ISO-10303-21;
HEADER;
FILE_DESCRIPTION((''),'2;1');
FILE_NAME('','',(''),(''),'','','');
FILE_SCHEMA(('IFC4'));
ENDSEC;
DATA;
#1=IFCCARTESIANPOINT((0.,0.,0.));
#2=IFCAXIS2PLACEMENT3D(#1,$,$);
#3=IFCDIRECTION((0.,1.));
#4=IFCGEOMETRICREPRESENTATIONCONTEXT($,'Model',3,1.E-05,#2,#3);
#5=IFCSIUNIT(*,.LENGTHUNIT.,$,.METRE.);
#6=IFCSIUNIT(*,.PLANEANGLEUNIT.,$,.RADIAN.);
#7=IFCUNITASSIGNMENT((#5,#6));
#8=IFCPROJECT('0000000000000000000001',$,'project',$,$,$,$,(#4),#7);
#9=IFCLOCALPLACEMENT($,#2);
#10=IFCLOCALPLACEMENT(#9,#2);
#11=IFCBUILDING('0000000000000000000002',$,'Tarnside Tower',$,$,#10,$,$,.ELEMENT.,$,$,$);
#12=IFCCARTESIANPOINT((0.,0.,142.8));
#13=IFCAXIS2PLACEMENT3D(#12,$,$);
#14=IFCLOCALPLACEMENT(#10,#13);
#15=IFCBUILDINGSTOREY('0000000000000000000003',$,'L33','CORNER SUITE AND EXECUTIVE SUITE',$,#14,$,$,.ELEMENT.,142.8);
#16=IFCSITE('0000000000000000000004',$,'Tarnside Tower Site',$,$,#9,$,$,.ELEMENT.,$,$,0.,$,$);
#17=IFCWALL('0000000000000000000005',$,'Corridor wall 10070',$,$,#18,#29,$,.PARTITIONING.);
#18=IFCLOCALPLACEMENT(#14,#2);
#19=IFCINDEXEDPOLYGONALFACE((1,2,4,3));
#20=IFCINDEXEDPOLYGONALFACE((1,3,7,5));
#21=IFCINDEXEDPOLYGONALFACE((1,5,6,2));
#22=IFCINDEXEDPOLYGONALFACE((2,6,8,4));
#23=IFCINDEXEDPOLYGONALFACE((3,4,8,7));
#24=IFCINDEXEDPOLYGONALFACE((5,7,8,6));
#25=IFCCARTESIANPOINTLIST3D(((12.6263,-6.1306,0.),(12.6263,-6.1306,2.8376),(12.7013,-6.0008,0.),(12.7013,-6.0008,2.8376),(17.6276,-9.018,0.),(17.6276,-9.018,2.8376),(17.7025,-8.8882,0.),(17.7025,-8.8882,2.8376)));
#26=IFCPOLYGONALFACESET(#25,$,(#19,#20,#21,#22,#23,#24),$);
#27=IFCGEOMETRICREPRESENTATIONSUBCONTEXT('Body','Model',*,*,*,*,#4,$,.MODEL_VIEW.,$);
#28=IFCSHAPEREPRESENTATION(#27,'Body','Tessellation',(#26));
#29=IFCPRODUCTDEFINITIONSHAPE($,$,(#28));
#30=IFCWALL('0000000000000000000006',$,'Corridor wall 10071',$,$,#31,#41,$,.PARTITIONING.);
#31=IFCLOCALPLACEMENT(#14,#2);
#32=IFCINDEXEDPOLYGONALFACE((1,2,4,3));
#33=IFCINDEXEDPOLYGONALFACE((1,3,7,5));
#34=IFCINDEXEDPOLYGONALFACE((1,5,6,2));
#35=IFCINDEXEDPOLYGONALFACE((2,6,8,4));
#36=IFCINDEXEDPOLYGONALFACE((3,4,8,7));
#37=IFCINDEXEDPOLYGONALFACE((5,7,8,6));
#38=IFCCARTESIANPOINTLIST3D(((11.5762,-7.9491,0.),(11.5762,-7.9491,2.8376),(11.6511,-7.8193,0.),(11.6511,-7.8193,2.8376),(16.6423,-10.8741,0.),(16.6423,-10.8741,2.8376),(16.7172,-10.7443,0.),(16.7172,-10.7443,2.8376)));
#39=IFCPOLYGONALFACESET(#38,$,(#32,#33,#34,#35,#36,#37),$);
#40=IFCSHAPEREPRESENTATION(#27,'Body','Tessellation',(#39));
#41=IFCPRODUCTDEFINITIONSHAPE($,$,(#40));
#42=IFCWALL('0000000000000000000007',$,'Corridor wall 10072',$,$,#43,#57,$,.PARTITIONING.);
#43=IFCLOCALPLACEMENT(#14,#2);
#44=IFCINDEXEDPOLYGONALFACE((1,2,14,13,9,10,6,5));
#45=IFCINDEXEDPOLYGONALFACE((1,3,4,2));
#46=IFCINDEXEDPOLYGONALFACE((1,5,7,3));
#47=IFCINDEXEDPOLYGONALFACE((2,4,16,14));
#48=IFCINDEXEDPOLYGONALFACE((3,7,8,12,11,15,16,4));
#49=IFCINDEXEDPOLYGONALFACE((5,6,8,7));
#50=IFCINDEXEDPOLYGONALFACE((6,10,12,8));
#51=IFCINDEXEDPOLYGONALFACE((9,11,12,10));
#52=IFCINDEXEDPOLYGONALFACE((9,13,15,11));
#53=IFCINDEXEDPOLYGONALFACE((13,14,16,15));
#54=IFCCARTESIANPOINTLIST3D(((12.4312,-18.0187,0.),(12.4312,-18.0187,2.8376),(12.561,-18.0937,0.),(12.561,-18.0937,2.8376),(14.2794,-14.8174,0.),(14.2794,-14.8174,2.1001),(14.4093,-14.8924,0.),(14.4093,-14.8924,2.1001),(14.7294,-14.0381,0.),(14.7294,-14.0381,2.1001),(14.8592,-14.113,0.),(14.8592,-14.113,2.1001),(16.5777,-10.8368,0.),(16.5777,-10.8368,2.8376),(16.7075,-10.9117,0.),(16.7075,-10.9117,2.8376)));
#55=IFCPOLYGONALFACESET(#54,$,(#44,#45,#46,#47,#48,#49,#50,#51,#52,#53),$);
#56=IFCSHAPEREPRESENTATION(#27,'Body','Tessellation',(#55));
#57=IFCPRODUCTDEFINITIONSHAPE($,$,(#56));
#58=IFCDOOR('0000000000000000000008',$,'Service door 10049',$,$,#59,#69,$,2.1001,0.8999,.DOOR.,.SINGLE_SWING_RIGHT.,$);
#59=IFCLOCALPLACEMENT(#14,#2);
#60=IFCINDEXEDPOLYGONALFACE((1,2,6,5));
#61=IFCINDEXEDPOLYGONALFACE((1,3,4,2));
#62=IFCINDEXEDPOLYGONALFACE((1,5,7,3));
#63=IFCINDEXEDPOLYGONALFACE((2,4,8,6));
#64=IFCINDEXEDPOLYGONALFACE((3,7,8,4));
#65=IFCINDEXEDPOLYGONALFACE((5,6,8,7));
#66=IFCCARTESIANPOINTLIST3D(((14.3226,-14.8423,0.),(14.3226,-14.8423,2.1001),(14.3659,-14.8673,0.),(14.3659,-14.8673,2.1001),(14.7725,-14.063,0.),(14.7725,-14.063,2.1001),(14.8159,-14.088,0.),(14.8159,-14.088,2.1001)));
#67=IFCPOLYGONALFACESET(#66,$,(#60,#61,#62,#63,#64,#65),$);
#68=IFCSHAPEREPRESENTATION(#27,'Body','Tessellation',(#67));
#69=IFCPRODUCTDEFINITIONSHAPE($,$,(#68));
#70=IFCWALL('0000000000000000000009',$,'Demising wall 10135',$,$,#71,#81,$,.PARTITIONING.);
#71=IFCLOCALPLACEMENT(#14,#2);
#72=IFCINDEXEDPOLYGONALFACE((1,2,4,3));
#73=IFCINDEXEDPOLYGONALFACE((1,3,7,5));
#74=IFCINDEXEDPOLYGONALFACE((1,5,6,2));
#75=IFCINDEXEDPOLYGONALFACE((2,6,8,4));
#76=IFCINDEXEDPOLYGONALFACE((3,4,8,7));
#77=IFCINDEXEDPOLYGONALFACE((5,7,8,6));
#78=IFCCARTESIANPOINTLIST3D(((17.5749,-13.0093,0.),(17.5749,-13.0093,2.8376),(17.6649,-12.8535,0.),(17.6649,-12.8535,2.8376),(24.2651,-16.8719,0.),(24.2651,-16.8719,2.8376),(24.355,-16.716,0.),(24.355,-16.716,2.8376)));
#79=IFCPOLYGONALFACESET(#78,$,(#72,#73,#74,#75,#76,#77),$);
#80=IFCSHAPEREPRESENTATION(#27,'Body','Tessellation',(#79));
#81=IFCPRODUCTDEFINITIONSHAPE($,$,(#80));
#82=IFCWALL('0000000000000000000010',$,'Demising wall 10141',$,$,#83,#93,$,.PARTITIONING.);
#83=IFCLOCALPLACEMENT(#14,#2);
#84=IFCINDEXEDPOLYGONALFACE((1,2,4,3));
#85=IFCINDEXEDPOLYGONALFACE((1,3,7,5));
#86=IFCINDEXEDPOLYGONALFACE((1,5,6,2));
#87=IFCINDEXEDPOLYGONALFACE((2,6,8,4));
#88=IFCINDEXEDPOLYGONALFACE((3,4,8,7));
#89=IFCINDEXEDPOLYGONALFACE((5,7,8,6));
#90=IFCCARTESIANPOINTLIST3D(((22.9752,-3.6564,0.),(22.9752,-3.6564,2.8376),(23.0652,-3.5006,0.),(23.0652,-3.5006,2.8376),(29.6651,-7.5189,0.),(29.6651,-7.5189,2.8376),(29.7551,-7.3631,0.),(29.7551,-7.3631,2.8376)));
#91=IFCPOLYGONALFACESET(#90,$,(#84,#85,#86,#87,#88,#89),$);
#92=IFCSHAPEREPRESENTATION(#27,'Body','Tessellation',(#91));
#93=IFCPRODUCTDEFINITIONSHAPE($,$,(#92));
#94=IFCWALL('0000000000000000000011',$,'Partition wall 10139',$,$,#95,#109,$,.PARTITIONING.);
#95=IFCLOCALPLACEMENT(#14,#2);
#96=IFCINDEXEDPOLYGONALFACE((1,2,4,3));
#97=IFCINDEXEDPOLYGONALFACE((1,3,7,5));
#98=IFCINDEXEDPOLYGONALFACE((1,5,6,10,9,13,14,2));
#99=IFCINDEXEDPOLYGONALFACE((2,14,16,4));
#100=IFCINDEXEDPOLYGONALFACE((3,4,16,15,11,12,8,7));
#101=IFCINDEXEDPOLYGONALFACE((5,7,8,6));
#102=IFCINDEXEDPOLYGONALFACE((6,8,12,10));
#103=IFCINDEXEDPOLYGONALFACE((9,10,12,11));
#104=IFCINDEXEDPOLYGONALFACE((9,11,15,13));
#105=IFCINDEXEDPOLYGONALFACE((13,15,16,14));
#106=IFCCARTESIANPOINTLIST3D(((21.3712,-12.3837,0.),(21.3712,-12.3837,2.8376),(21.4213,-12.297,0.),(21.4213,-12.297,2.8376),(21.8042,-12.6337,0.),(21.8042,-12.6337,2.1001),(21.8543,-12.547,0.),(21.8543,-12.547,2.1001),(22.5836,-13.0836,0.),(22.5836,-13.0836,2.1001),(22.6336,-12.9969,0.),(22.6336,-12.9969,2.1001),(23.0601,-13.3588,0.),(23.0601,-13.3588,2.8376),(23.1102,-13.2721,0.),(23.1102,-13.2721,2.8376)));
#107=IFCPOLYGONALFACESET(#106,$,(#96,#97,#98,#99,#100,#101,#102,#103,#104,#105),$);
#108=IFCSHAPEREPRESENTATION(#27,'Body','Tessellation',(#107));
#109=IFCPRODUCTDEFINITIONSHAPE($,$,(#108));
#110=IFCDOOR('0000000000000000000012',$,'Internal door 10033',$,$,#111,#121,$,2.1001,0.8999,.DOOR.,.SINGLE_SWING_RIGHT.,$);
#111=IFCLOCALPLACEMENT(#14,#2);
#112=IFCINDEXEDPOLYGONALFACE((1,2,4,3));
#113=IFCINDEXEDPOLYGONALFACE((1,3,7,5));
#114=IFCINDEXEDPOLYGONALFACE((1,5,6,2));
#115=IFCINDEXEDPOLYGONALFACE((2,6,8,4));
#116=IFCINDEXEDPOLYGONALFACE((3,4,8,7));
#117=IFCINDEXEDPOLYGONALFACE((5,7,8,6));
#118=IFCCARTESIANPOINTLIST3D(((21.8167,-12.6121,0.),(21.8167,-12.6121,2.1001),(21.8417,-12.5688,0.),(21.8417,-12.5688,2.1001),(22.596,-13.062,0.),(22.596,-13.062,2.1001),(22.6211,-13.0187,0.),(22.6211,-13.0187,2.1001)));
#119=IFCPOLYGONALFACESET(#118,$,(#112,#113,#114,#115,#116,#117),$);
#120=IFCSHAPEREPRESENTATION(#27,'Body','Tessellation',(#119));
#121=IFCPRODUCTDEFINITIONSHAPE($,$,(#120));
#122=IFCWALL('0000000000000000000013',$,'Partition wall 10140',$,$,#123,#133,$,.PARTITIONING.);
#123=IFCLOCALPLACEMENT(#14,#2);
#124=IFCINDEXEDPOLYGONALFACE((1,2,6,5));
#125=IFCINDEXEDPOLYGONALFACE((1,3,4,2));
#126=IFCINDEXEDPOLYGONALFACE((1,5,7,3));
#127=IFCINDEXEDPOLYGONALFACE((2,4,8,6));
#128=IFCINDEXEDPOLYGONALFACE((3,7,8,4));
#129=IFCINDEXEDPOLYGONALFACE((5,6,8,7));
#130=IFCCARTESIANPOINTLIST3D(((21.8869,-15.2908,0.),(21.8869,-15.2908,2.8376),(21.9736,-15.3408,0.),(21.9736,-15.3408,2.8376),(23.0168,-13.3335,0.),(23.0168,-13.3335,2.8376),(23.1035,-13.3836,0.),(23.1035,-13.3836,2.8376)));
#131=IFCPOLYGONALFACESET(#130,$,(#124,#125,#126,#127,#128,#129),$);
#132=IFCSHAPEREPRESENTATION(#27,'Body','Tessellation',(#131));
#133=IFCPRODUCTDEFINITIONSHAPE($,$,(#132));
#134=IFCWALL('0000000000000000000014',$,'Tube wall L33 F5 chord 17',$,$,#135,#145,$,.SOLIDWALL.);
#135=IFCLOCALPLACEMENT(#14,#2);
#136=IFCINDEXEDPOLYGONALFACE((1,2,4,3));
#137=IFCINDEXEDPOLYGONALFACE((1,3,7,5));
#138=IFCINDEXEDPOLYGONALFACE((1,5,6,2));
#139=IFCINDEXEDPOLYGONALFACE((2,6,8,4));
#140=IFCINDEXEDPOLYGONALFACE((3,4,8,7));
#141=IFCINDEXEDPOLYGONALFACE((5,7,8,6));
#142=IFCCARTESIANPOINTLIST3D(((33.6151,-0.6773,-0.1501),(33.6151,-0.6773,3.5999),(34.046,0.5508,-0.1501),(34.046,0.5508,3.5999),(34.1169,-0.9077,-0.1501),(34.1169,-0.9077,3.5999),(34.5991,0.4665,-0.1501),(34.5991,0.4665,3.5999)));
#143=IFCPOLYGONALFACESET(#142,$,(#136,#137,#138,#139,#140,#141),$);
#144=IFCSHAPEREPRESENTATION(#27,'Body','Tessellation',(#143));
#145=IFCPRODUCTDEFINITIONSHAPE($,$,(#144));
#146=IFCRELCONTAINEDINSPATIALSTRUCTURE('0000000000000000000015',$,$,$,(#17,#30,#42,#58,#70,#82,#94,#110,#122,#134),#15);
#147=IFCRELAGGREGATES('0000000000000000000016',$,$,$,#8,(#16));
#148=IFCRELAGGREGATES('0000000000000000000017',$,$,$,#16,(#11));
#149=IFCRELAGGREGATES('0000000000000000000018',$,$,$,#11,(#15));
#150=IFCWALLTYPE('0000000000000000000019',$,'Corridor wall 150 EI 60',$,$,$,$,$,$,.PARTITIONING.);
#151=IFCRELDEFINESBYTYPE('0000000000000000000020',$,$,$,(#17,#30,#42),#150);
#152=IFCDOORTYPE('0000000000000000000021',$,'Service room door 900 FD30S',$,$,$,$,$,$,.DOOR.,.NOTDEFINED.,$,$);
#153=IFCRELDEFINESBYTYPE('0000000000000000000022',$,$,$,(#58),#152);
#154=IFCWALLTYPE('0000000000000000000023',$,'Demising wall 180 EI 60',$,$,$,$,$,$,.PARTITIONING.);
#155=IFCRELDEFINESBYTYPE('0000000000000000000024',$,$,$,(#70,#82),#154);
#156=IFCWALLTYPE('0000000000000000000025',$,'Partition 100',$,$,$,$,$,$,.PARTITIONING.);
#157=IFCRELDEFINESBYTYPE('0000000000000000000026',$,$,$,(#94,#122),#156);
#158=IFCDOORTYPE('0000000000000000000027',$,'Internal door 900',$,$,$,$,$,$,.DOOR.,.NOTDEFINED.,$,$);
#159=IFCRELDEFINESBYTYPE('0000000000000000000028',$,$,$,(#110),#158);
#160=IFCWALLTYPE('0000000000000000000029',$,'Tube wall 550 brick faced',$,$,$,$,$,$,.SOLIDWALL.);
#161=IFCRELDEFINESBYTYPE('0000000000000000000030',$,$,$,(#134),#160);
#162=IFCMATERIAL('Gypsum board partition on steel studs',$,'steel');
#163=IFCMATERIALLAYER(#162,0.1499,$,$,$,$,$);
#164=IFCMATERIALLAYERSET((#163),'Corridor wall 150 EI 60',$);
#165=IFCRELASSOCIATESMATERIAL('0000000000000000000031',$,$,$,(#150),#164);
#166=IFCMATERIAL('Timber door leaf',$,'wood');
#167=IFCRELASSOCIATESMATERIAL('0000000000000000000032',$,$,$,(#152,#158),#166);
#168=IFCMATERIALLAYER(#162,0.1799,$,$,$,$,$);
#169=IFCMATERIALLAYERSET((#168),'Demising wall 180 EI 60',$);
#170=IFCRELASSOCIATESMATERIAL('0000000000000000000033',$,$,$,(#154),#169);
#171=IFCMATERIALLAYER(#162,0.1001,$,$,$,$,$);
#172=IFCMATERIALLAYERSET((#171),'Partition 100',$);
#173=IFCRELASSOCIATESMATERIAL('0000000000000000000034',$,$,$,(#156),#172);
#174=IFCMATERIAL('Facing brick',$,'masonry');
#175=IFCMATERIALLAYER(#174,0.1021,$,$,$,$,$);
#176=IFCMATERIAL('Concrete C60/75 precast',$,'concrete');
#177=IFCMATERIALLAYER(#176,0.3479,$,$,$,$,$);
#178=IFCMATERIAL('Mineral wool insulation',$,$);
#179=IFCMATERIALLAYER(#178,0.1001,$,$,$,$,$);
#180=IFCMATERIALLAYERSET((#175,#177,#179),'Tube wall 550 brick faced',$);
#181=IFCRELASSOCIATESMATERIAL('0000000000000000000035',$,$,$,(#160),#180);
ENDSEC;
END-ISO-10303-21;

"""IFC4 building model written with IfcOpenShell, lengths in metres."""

from ifc_helpers import new_model, si_unit, direction, frame, frame_2d, origin, place, context, subcontext, project, spatial, polyline, rectangle, outline, extrude, material, layer, layer_set, type_object, element, fill, save


model = new_model("IFC4")

# Units and contexts
model_context = context("Model", 3, precision=1e-05, world=origin(), true_north=direction((0.0, 1.0)))
body_context = subcontext(model_context, "Body", "Model", "MODEL_VIEW")
ifc_project = project(units=[si_unit("LENGTHUNIT", "METRE"), si_unit("PLANEANGLEUNIT", "RADIAN")], contexts=[model_context])

# Site, building, storey
site_placement = place(None, origin())
site = spatial("IfcSite", under=ifc_project, at=site_placement, Name="Tarnside Tower Site", CompositionType="ELEMENT", RefElevation=0.0)
building_placement = place(site_placement, origin())
building = spatial("IfcBuilding", under=site, at=building_placement, Name="Tarnside Tower", CompositionType="ELEMENT")
storey_placement = place(building_placement, frame((0.0, 0.0, 142.8)))
storey = spatial("IfcBuildingStorey", under=building, at=storey_placement, Name="L33", Description="CORNER SUITE AND EXECUTIVE SUITE", CompositionType="ELEMENT", Elevation=142.8)

# Shared definitions
ifc_material_1 = material(Name="Gypsum board partition on steel studs", Category="steel")
ifc_material_2 = material(Name="Timber door leaf", Category="wood")

# Walls
ifc_layer_1 = layer(ifc_material_1, 0.1499)
ifc_layer_set_1 = layer_set([ifc_layer_1], Name="Corridor wall 150 EI 60")
wall_type_1 = type_object("IfcWallType", Name="Corridor wall 150 EI 60", PredefinedType="PARTITIONING", material=ifc_layer_set_1)
wall_1_placement = place(storey_placement, frame((17.665, -8.9531, 0.0), z_axis=(0.0, 0.0, 1.0), x_axis=(-0.866026, 0.499999, 0.0)))
element("IfcWall", 1, at=wall_1_placement, inside=storey, type_object=wall_type_1, Name="Corridor wall 10070", PredefinedType="PARTITIONING", context=body_context, shape_type="SweptSolid", body=[
    extrude(rectangle(XDim=5.7749, YDim=0.1499, at=frame_2d((2.8875, 0.0))), origin(), (0.0, 0.0, 1.0), 2.8376),
])
wall_2_placement = place(storey_placement, frame((11.6138, -7.8843, 0.0), z_axis=(0.0, 0.0, 1.0), x_axis=(0.866018, -0.500013, 0.0)))
element("IfcWall", 2, at=wall_2_placement, inside=storey, type_object=wall_type_1, Name="Corridor wall 10071", PredefinedType="PARTITIONING", context=body_context, shape_type="SweptSolid", body=[
    extrude(rectangle(XDim=5.8499, YDim=0.1499, at=frame_2d((2.9248, 0.0))), origin(), (0.0, 0.0, 1.0), 2.8376),
])

# Wall, opening, door
wall_3_placement = place(storey_placement, frame((16.6426, -10.8743, 0.0), z_axis=(0.0, 0.0, 1.0), x_axis=(-0.500002, -0.866024, 0.0)))
wall_3 = element("IfcWall", 3, at=wall_3_placement, inside=storey, type_object=wall_type_1, Name="Corridor wall 10072", PredefinedType="PARTITIONING", context=body_context, shape_type="SweptSolid", body=[
    extrude(rectangle(XDim=8.293, YDim=0.1499, at=frame_2d((4.1465, 0.0))), origin(), (0.0, 0.0, 1.0), 2.8376),
])
opening_1_placement = place(wall_3_placement, frame((3.6965, 0.0, 0.0)))
opening_1 = element("IfcOpeningElement", 4, at=opening_1_placement, cuts=wall_3, PredefinedType="OPENING", context=body_context, shape_type="SweptSolid", body=[
    extrude(rectangle(XDim=0.8999, YDim=2.1001, at=frame_2d((0.45, 1.05))), frame((0.0, 0.085, 0.0), z_axis=(0.0, -1.0, 0.0), x_axis=(1.0, 0.0, 0.0)), (0.0, 0.0, 1.0), 0.1699),
])
door_type_1 = type_object("IfcDoorType", Name="Service room door 900 FD30S", OperationType="NOTDEFINED", PredefinedType="DOOR", material=ifc_material_2)
door_1_placement = place(opening_1_placement, origin())
door_1 = element("IfcDoor", 5, at=door_1_placement, inside=storey, type_object=door_type_1, Name="Service door 10049", OperationType="SINGLE_SWING_RIGHT", OverallHeight=2.1001, OverallWidth=0.8999, PredefinedType="DOOR", context=body_context, shape_type="SweptSolid", body=[
    extrude(rectangle(XDim=0.8999, YDim=2.1001, at=frame_2d((0.45, 1.05))), frame((0.0, 0.0249, 0.0), z_axis=(0.0, -1.0, 0.0), x_axis=(1.0, 0.0, 0.0)), (0.0, 0.0, 1.0), 0.05),
])
fill(opening_1, door_1)

# Walls
ifc_layer_2 = layer(ifc_material_1, 0.1799)
ifc_layer_set_2 = layer_set([ifc_layer_2], Name="Demising wall 180 EI 60")
wall_type_2 = type_object("IfcWallType", Name="Demising wall 180 EI 60", PredefinedType="PARTITIONING", material=ifc_layer_set_2)
wall_4_placement = place(storey_placement, frame((24.3101, -16.7939, 0.0), z_axis=(0.0, 0.0, 1.0), x_axis=(-0.866027, 0.499997, 0.0)))
element("IfcWall", 6, at=wall_4_placement, inside=storey, type_object=wall_type_2, Name="Demising wall 10135", PredefinedType="PARTITIONING", context=body_context, shape_type="SweptSolid", body=[
    extrude(rectangle(XDim=7.7251, YDim=0.1799, at=frame_2d((3.8625, 0.0))), origin(), (0.0, 0.0, 1.0), 2.8376),
])
wall_5_placement = place(storey_placement, frame((29.71, -7.4409, 0.0), z_axis=(0.0, 0.0, 1.0), x_axis=(-0.866019, 0.500011, 0.0)))
element("IfcWall", 7, at=wall_5_placement, inside=storey, type_object=wall_type_2, Name="Demising wall 10141", PredefinedType="PARTITIONING", context=body_context, shape_type="SweptSolid", body=[
    extrude(rectangle(XDim=7.7249, YDim=0.1799, at=frame_2d((3.8623, 0.0))), origin(), (0.0, 0.0, 1.0), 2.8376),
])

# Wall, opening, door
ifc_layer_3 = layer(ifc_material_1, 0.1001)
ifc_layer_set_3 = layer_set([ifc_layer_3], Name="Partition 100")
wall_type_3 = type_object("IfcWallType", Name="Partition 100", PredefinedType="PARTITIONING", material=ifc_layer_set_3)
wall_6_placement = place(storey_placement, frame((21.3962, -12.3403, 0.0), z_axis=(0.0, 0.0, 1.0), x_axis=(0.866031, -0.49999, 0.0)))
wall_6 = element("IfcWall", 8, at=wall_6_placement, inside=storey, type_object=wall_type_3, Name="Partition wall 10139", PredefinedType="PARTITIONING", context=body_context, shape_type="SweptSolid", body=[
    extrude(rectangle(XDim=1.9502, YDim=0.1001, at=frame_2d((0.9751, 0.0))), origin(), (0.0, 0.0, 1.0), 2.8376),
])
opening_2_placement = place(wall_6_placement, frame((0.5, 0.0, 0.0)))
opening_2 = element("IfcOpeningElement", 9, at=opening_2_placement, cuts=wall_6, PredefinedType="OPENING", context=body_context, shape_type="SweptSolid", body=[
    extrude(rectangle(XDim=0.8999, YDim=2.1001, at=frame_2d((0.45, 1.05))), frame((0.0, 0.0601, 0.0), z_axis=(0.0, -1.0, 0.0), x_axis=(1.0, 0.0, 0.0)), (0.0, 0.0, 1.0), 0.1201),
])
door_type_2 = type_object("IfcDoorType", Name="Internal door 900", OperationType="NOTDEFINED", PredefinedType="DOOR", material=ifc_material_2)
door_2_placement = place(opening_2_placement, origin())
door_2 = element("IfcDoor", 10, at=door_2_placement, inside=storey, type_object=door_type_2, Name="Internal door 10033", OperationType="SINGLE_SWING_RIGHT", OverallHeight=2.1001, OverallWidth=0.8999, PredefinedType="DOOR", context=body_context, shape_type="SweptSolid", body=[
    extrude(rectangle(XDim=0.8999, YDim=2.1001, at=frame_2d((0.45, 1.05))), frame((0.0, 0.0249, 0.0), z_axis=(0.0, -1.0, 0.0), x_axis=(1.0, 0.0, 0.0)), (0.0, 0.0, 1.0), 0.05),
])
fill(opening_2, door_2)

# Walls
wall_7_placement = place(storey_placement, frame((23.0601, -13.3586, 0.0), z_axis=(0.0, 0.0, 1.0), x_axis=(-0.49995, -0.866054, 0.0)))
element("IfcWall", 11, at=wall_7_placement, inside=storey, type_object=wall_type_3, Name="Partition wall 10140", PredefinedType="PARTITIONING", context=body_context, shape_type="SweptSolid", body=[
    extrude(rectangle(XDim=2.26, YDim=0.1001, at=frame_2d((1.1299, 0.0))), origin(), (0.0, 0.0, 1.0), 2.8376),
])
ifc_material_3 = material(Name="Facing brick", Category="masonry")
ifc_layer_4 = layer(ifc_material_3, 0.1021)
ifc_material_4 = material(Name="Concrete C60/75 precast", Category="concrete")
ifc_layer_5 = layer(ifc_material_4, 0.3479)
ifc_material_5 = material(Name="Mineral wool insulation")
ifc_layer_6 = layer(ifc_material_5, 0.1001)
ifc_layer_set_4 = layer_set([ifc_layer_4, ifc_layer_5, ifc_layer_6], Name="Tube wall 550 brick faced")
wall_type_4 = type_object("IfcWallType", Name="Tube wall 550 brick faced", PredefinedType="SOLIDWALL", material=ifc_layer_set_4)
wall_8_placement = place(storey_placement, frame((33.866, -0.7925, -0.1501), z_axis=(0.0, 0.0, 1.0), x_axis=(0.331115, 0.94359, 0.0)))
element("IfcWall", 12, at=wall_8_placement, inside=storey, type_object=wall_type_4, Name="Tube wall L33 F5 chord 17", PredefinedType="SOLIDWALL", context=body_context, shape_type="SweptSolid", body=[
    extrude(outline(polyline([(-0.0256, -0.2749), (1.4307, -0.2749), (1.3271, 0.2749), (0.0256, 0.2749), (-0.0256, -0.2749)])), origin(), (0.0, 0.0, 1.0), 3.75),
])

save(model, "model.ifc")
